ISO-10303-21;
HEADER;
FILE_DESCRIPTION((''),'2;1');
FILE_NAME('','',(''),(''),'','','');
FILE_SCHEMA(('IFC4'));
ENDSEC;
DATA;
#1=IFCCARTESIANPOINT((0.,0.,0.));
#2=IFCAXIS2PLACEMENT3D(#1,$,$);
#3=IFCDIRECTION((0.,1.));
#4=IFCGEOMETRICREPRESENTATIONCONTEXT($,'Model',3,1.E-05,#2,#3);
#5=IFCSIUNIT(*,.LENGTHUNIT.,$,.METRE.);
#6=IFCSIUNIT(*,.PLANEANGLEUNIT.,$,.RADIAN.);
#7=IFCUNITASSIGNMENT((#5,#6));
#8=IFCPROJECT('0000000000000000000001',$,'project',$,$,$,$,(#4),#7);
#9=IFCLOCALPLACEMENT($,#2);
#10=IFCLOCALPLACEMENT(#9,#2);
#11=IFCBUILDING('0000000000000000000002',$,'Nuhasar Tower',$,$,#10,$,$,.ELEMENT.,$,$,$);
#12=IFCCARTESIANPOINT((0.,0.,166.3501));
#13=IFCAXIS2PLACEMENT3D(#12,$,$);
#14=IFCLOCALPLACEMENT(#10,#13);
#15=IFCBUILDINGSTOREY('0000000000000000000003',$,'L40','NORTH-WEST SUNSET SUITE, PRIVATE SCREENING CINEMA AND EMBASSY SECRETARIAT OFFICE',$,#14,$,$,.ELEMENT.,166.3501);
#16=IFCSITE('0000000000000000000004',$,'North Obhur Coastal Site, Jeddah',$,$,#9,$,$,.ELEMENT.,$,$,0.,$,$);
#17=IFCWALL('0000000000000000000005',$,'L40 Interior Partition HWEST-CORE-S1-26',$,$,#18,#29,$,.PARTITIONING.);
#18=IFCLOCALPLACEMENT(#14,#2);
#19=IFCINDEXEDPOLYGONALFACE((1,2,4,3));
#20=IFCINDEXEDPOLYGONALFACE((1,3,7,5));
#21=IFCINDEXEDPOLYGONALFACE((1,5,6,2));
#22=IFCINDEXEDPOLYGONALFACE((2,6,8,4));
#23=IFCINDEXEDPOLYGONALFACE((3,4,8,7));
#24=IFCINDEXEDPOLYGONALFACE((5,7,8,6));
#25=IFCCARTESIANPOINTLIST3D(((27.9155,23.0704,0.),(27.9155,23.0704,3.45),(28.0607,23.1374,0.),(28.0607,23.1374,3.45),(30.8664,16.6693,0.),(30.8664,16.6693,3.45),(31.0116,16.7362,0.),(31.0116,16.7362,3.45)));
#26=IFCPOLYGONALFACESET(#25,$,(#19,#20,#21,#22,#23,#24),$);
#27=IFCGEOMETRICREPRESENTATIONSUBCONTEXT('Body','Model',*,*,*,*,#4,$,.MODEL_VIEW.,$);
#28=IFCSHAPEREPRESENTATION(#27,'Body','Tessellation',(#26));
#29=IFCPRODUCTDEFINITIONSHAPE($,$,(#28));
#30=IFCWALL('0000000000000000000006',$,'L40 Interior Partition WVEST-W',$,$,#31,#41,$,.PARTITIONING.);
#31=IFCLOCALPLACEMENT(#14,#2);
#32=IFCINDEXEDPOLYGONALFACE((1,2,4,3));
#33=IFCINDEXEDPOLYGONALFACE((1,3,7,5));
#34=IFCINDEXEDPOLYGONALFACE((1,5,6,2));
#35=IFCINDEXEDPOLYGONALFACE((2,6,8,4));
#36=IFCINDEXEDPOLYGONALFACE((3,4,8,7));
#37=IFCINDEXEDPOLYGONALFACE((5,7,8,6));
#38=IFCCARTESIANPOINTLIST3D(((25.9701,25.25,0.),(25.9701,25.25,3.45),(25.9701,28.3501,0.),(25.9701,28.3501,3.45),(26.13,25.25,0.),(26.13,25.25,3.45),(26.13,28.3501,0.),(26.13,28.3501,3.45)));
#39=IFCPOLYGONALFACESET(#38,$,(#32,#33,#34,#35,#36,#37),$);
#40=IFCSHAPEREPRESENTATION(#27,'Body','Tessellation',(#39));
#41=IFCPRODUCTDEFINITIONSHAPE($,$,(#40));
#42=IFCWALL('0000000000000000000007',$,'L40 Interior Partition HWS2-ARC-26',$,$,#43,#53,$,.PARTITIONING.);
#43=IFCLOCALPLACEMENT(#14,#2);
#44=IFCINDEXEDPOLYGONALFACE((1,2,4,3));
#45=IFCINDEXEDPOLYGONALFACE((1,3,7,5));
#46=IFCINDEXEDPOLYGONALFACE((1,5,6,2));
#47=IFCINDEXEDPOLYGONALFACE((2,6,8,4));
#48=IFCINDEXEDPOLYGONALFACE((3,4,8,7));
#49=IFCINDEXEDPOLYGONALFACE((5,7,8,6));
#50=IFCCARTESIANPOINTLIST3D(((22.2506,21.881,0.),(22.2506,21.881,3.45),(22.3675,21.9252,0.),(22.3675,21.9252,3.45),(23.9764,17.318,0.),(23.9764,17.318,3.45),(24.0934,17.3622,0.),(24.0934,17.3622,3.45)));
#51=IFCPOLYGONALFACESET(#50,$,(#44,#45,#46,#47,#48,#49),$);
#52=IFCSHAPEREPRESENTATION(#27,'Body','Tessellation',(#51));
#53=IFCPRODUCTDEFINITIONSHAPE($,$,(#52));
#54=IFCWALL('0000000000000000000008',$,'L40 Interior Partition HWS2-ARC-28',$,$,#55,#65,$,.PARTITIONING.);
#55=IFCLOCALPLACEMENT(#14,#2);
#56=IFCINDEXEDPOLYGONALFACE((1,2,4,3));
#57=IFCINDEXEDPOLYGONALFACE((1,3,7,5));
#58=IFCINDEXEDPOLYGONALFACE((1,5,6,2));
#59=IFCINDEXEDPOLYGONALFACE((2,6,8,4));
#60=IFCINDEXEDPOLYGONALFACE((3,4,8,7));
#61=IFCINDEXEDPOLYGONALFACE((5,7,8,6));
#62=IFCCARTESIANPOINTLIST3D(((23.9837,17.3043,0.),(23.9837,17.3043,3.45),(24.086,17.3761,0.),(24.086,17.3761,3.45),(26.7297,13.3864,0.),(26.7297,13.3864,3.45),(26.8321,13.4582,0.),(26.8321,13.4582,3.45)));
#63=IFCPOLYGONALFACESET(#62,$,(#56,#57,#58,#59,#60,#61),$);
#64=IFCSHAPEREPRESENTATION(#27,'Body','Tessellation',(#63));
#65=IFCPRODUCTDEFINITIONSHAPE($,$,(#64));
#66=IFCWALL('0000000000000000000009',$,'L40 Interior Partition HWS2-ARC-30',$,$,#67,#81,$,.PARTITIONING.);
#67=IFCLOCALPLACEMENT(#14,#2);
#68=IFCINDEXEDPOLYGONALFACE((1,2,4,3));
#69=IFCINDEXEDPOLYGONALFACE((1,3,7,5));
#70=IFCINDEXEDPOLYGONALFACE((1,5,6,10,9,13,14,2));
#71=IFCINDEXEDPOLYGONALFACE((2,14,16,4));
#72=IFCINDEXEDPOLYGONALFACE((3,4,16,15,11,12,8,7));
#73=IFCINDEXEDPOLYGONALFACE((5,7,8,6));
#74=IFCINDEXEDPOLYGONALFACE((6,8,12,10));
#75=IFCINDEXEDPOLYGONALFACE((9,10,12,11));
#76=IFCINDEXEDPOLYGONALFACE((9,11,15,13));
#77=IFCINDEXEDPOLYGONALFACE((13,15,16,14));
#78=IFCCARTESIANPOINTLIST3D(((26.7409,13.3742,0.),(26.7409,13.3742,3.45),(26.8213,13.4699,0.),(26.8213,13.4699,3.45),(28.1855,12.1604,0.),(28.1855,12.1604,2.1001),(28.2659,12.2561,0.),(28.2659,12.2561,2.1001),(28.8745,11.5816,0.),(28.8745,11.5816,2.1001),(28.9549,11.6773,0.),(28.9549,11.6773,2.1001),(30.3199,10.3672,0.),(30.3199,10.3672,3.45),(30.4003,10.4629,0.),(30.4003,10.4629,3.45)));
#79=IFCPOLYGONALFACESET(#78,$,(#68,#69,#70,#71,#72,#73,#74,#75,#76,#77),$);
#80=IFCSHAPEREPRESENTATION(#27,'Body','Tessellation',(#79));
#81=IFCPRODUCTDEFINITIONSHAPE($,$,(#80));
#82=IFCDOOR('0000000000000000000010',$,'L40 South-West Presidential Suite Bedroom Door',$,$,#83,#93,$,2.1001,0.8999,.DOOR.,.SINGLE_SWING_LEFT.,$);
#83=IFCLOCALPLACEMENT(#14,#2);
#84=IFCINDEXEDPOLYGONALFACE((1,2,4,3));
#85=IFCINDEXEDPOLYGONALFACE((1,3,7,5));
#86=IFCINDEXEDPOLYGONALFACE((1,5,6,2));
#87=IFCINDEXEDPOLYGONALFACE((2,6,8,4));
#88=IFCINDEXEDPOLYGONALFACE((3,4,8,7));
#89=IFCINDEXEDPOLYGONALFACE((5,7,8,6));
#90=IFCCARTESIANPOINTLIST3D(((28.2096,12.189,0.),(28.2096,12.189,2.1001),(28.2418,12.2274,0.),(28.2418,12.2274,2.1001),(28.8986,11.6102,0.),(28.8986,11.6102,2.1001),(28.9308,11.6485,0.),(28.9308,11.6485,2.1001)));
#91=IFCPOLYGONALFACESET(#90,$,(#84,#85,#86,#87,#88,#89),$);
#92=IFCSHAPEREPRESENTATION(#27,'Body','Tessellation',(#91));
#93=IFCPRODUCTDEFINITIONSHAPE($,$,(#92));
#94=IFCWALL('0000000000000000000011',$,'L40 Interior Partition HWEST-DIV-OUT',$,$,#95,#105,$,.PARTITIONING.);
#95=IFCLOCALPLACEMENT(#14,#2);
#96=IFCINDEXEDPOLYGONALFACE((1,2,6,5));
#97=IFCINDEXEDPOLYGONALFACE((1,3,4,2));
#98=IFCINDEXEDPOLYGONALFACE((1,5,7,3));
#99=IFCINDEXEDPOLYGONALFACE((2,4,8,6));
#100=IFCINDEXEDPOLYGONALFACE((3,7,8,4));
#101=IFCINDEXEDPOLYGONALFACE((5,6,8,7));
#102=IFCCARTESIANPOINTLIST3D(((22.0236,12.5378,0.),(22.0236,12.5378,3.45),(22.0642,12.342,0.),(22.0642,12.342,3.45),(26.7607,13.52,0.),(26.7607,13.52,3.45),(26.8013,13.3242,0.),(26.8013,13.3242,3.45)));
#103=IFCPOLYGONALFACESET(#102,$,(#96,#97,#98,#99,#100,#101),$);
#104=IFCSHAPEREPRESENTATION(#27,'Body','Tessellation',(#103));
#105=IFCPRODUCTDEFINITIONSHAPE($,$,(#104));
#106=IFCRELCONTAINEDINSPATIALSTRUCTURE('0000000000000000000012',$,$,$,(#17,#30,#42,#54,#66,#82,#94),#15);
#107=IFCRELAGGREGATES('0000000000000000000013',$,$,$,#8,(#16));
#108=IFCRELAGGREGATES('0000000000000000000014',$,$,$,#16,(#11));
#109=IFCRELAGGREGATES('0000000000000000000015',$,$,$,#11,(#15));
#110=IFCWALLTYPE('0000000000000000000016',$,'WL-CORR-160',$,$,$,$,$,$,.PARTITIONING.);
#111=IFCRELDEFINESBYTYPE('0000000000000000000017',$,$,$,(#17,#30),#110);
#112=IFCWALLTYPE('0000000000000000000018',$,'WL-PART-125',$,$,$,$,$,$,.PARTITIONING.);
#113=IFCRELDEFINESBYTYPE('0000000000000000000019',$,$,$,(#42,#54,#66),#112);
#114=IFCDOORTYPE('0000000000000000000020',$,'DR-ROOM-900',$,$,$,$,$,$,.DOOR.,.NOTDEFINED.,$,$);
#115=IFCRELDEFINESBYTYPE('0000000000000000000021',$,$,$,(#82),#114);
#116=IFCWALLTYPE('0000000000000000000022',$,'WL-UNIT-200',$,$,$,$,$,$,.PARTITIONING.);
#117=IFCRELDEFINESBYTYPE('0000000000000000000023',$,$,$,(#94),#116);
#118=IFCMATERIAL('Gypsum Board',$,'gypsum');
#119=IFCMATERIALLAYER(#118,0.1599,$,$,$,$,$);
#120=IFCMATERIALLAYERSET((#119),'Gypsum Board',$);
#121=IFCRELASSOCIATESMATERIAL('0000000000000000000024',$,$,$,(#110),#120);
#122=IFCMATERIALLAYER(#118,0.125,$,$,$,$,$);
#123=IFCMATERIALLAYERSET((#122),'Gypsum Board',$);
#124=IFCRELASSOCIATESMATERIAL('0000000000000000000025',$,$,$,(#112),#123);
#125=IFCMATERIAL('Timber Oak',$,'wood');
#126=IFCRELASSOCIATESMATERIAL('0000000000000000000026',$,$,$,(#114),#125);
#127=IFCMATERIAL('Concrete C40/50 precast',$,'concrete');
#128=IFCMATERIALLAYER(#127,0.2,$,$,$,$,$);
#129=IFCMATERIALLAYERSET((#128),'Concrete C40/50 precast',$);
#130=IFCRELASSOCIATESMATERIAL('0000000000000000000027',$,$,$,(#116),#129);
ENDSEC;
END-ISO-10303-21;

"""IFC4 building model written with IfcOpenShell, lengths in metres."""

from ifc_helpers import new_model, si_unit, direction, frame, frame_2d, origin, place, context, subcontext, project, spatial, rectangle, extrude, material, layer, layer_set, type_object, element, fill, save


model = new_model("IFC4")

# Units and contexts
model_context = context("Model", 3, precision=1e-05, world=origin(), true_north=direction((0.0, 1.0)))
body_context = subcontext(model_context, "Body", "Model", "MODEL_VIEW")
ifc_project = project(units=[si_unit("LENGTHUNIT", "METRE"), si_unit("PLANEANGLEUNIT", "RADIAN")], contexts=[model_context])

# Site, building, storey
site_placement = place(None, origin())
site = spatial("IfcSite", under=ifc_project, at=site_placement, Name="North Obhur Coastal Site, Jeddah", CompositionType="ELEMENT", RefElevation=0.0)
building_placement = place(site_placement, origin())
building = spatial("IfcBuilding", under=site, at=building_placement, Name="Nuhasar Tower", CompositionType="ELEMENT")
storey_placement = place(building_placement, frame((0.0, 0.0, 166.3501)))
storey = spatial("IfcBuildingStorey", under=building, at=storey_placement, Name="L40", Description="NORTH-WEST SUNSET SUITE, PRIVATE SCREENING CINEMA AND EMBASSY SECRETARIAT OFFICE", CompositionType="ELEMENT", Elevation=166.3501)

# Wall
ifc_material_1 = material(Name="Gypsum Board", Category="gypsum")
ifc_layer_1 = layer(ifc_material_1, 0.1599)
ifc_layer_set_1 = layer_set([ifc_layer_1], Name="Gypsum Board")
wall_type_1 = type_object("IfcWallType", Name="WL-CORR-160", PredefinedType="PARTITIONING", material=ifc_layer_set_1)
wall_1_placement = place(storey_placement, frame((27.988, 23.104, 0.0), z_axis=(0.0, 0.0, 1.0), x_axis=(0.418656, -0.908145, 0.0)))
element("IfcWall", 1, at=wall_1_placement, inside=storey, type_object=wall_type_1, Name="L40 Interior Partition HWEST-CORE-S1-26", PredefinedType="PARTITIONING", context=body_context, shape_type="SweptSolid", body=[
    extrude(rectangle(XDim=7.0486, YDim=0.1599, at=frame_2d((3.5244, 0.0))), origin(), (0.0, 0.0, 1.0), 3.45),
])

# Shared definitions
ifc_material_2 = material(Name="Timber Oak", Category="wood")

# Walls
wall_2_placement = place(storey_placement, frame((26.05, 25.25, 0.0), z_axis=(0.0, 0.0, 1.0), x_axis=(0.0, 1.0, 0.0)))
element("IfcWall", 2, at=wall_2_placement, inside=storey, type_object=wall_type_1, Name="L40 Interior Partition WVEST-W", PredefinedType="PARTITIONING", context=body_context, shape_type="SweptSolid", body=[
    extrude(rectangle(XDim=3.1001, YDim=0.1599, at=frame_2d((1.55, 0.0))), origin(), (0.0, 0.0, 1.0), 3.45),
])
ifc_layer_2 = layer(ifc_material_1, 0.125)
ifc_layer_set_2 = layer_set([ifc_layer_2], Name="Gypsum Board")
wall_type_2 = type_object("IfcWallType", Name="WL-PART-125", PredefinedType="PARTITIONING", material=ifc_layer_set_2)
wall_3_placement = place(storey_placement, frame((22.3091, 21.9031, 0.0), z_axis=(0.0, 0.0, 1.0), x_axis=(0.353765, -0.935334, 0.0)))
element("IfcWall", 3, at=wall_3_placement, inside=storey, type_object=wall_type_2, Name="L40 Interior Partition HWS2-ARC-26", PredefinedType="PARTITIONING", context=body_context, shape_type="SweptSolid", body=[
    extrude(rectangle(XDim=4.8784, YDim=0.125, at=frame_2d((2.4392, 0.0))), origin(), (0.0, 0.0, 1.0), 3.45),
])
wall_4_placement = place(storey_placement, frame((24.0349, 17.3401, 0.0), z_axis=(0.0, 0.0, 1.0), x_axis=(0.573955, -0.818887, 0.0)))
element("IfcWall", 4, at=wall_4_placement, inside=storey, type_object=wall_type_2, Name="L40 Interior Partition HWS2-ARC-28", PredefinedType="PARTITIONING", context=body_context, shape_type="SweptSolid", body=[
    extrude(rectangle(XDim=4.7844, YDim=0.125, at=frame_2d((2.3921, 0.0))), origin(), (0.0, 0.0, 1.0), 3.45),
])

# Wall, opening, door
wall_5_placement = place(storey_placement, frame((26.781, 13.4221, 0.0), z_axis=(0.0, 0.0, 1.0), x_axis=(0.765638, -0.643272, 0.0)))
wall_5 = element("IfcWall", 5, at=wall_5_placement, inside=storey, type_object=wall_type_2, Name="L40 Interior Partition HWS2-ARC-30", PredefinedType="PARTITIONING", context=body_context, shape_type="SweptSolid", body=[
    extrude(rectangle(XDim=4.6746, YDim=0.125, at=frame_2d((2.3374, 0.0))), origin(), (0.0, 0.0, 1.0), 3.45),
])
opening_1_placement = place(wall_5_placement, frame((1.887, 0.0, 0.0)))
opening_1 = element("IfcOpeningElement", 6, at=opening_1_placement, cuts=wall_5, PredefinedType="OPENING", context=body_context, shape_type="SweptSolid", body=[
    extrude(rectangle(XDim=0.8999, YDim=2.1001, at=frame_2d((0.45, 1.05))), frame((0.0, 0.0725, 0.0), z_axis=(0.0, -1.0, 0.0), x_axis=(1.0, 0.0, 0.0)), (0.0, 0.0, 1.0), 0.145),
])
door_type_1 = type_object("IfcDoorType", Name="DR-ROOM-900", OperationType="NOTDEFINED", PredefinedType="DOOR", material=ifc_material_2)
door_1_placement = place(opening_1_placement, origin())
door_1 = element("IfcDoor", 7, at=door_1_placement, inside=storey, type_object=door_type_1, Name="L40 South-West Presidential Suite Bedroom Door", OperationType="SINGLE_SWING_LEFT", OverallHeight=2.1001, OverallWidth=0.8999, PredefinedType="DOOR", context=body_context, shape_type="SweptSolid", body=[
    extrude(rectangle(XDim=0.8999, YDim=2.1001, at=frame_2d((0.45, 1.05))), frame((0.0, 0.0249, 0.0), z_axis=(0.0, -1.0, 0.0), x_axis=(1.0, 0.0, 0.0)), (0.0, 0.0, 1.0), 0.05),
])
fill(opening_1, door_1)

# Wall
ifc_material_3 = material(Name="Concrete C40/50 precast", Category="concrete")
ifc_layer_3 = layer(ifc_material_3, 0.2)
ifc_layer_set_3 = layer_set([ifc_layer_3], Name="Concrete C40/50 precast")
wall_type_3 = type_object("IfcWallType", Name="WL-UNIT-200", PredefinedType="PARTITIONING", material=ifc_layer_set_3)
wall_6_placement = place(storey_placement, frame((26.781, 13.4221, 0.0), z_axis=(0.0, 0.0, 1.0), x_axis=(-0.979174, -0.203021, 0.0)))
element("IfcWall", 8, at=wall_6_placement, inside=storey, type_object=wall_type_3, Name="L40 Interior Partition HWEST-DIV-OUT", PredefinedType="PARTITIONING", context=body_context, shape_type="SweptSolid", body=[
    extrude(rectangle(XDim=4.8379, YDim=0.2, at=frame_2d((2.4189, 0.0))), origin(), (0.0, 0.0, 1.0), 3.45),
])

save(model, "model.ifc")
